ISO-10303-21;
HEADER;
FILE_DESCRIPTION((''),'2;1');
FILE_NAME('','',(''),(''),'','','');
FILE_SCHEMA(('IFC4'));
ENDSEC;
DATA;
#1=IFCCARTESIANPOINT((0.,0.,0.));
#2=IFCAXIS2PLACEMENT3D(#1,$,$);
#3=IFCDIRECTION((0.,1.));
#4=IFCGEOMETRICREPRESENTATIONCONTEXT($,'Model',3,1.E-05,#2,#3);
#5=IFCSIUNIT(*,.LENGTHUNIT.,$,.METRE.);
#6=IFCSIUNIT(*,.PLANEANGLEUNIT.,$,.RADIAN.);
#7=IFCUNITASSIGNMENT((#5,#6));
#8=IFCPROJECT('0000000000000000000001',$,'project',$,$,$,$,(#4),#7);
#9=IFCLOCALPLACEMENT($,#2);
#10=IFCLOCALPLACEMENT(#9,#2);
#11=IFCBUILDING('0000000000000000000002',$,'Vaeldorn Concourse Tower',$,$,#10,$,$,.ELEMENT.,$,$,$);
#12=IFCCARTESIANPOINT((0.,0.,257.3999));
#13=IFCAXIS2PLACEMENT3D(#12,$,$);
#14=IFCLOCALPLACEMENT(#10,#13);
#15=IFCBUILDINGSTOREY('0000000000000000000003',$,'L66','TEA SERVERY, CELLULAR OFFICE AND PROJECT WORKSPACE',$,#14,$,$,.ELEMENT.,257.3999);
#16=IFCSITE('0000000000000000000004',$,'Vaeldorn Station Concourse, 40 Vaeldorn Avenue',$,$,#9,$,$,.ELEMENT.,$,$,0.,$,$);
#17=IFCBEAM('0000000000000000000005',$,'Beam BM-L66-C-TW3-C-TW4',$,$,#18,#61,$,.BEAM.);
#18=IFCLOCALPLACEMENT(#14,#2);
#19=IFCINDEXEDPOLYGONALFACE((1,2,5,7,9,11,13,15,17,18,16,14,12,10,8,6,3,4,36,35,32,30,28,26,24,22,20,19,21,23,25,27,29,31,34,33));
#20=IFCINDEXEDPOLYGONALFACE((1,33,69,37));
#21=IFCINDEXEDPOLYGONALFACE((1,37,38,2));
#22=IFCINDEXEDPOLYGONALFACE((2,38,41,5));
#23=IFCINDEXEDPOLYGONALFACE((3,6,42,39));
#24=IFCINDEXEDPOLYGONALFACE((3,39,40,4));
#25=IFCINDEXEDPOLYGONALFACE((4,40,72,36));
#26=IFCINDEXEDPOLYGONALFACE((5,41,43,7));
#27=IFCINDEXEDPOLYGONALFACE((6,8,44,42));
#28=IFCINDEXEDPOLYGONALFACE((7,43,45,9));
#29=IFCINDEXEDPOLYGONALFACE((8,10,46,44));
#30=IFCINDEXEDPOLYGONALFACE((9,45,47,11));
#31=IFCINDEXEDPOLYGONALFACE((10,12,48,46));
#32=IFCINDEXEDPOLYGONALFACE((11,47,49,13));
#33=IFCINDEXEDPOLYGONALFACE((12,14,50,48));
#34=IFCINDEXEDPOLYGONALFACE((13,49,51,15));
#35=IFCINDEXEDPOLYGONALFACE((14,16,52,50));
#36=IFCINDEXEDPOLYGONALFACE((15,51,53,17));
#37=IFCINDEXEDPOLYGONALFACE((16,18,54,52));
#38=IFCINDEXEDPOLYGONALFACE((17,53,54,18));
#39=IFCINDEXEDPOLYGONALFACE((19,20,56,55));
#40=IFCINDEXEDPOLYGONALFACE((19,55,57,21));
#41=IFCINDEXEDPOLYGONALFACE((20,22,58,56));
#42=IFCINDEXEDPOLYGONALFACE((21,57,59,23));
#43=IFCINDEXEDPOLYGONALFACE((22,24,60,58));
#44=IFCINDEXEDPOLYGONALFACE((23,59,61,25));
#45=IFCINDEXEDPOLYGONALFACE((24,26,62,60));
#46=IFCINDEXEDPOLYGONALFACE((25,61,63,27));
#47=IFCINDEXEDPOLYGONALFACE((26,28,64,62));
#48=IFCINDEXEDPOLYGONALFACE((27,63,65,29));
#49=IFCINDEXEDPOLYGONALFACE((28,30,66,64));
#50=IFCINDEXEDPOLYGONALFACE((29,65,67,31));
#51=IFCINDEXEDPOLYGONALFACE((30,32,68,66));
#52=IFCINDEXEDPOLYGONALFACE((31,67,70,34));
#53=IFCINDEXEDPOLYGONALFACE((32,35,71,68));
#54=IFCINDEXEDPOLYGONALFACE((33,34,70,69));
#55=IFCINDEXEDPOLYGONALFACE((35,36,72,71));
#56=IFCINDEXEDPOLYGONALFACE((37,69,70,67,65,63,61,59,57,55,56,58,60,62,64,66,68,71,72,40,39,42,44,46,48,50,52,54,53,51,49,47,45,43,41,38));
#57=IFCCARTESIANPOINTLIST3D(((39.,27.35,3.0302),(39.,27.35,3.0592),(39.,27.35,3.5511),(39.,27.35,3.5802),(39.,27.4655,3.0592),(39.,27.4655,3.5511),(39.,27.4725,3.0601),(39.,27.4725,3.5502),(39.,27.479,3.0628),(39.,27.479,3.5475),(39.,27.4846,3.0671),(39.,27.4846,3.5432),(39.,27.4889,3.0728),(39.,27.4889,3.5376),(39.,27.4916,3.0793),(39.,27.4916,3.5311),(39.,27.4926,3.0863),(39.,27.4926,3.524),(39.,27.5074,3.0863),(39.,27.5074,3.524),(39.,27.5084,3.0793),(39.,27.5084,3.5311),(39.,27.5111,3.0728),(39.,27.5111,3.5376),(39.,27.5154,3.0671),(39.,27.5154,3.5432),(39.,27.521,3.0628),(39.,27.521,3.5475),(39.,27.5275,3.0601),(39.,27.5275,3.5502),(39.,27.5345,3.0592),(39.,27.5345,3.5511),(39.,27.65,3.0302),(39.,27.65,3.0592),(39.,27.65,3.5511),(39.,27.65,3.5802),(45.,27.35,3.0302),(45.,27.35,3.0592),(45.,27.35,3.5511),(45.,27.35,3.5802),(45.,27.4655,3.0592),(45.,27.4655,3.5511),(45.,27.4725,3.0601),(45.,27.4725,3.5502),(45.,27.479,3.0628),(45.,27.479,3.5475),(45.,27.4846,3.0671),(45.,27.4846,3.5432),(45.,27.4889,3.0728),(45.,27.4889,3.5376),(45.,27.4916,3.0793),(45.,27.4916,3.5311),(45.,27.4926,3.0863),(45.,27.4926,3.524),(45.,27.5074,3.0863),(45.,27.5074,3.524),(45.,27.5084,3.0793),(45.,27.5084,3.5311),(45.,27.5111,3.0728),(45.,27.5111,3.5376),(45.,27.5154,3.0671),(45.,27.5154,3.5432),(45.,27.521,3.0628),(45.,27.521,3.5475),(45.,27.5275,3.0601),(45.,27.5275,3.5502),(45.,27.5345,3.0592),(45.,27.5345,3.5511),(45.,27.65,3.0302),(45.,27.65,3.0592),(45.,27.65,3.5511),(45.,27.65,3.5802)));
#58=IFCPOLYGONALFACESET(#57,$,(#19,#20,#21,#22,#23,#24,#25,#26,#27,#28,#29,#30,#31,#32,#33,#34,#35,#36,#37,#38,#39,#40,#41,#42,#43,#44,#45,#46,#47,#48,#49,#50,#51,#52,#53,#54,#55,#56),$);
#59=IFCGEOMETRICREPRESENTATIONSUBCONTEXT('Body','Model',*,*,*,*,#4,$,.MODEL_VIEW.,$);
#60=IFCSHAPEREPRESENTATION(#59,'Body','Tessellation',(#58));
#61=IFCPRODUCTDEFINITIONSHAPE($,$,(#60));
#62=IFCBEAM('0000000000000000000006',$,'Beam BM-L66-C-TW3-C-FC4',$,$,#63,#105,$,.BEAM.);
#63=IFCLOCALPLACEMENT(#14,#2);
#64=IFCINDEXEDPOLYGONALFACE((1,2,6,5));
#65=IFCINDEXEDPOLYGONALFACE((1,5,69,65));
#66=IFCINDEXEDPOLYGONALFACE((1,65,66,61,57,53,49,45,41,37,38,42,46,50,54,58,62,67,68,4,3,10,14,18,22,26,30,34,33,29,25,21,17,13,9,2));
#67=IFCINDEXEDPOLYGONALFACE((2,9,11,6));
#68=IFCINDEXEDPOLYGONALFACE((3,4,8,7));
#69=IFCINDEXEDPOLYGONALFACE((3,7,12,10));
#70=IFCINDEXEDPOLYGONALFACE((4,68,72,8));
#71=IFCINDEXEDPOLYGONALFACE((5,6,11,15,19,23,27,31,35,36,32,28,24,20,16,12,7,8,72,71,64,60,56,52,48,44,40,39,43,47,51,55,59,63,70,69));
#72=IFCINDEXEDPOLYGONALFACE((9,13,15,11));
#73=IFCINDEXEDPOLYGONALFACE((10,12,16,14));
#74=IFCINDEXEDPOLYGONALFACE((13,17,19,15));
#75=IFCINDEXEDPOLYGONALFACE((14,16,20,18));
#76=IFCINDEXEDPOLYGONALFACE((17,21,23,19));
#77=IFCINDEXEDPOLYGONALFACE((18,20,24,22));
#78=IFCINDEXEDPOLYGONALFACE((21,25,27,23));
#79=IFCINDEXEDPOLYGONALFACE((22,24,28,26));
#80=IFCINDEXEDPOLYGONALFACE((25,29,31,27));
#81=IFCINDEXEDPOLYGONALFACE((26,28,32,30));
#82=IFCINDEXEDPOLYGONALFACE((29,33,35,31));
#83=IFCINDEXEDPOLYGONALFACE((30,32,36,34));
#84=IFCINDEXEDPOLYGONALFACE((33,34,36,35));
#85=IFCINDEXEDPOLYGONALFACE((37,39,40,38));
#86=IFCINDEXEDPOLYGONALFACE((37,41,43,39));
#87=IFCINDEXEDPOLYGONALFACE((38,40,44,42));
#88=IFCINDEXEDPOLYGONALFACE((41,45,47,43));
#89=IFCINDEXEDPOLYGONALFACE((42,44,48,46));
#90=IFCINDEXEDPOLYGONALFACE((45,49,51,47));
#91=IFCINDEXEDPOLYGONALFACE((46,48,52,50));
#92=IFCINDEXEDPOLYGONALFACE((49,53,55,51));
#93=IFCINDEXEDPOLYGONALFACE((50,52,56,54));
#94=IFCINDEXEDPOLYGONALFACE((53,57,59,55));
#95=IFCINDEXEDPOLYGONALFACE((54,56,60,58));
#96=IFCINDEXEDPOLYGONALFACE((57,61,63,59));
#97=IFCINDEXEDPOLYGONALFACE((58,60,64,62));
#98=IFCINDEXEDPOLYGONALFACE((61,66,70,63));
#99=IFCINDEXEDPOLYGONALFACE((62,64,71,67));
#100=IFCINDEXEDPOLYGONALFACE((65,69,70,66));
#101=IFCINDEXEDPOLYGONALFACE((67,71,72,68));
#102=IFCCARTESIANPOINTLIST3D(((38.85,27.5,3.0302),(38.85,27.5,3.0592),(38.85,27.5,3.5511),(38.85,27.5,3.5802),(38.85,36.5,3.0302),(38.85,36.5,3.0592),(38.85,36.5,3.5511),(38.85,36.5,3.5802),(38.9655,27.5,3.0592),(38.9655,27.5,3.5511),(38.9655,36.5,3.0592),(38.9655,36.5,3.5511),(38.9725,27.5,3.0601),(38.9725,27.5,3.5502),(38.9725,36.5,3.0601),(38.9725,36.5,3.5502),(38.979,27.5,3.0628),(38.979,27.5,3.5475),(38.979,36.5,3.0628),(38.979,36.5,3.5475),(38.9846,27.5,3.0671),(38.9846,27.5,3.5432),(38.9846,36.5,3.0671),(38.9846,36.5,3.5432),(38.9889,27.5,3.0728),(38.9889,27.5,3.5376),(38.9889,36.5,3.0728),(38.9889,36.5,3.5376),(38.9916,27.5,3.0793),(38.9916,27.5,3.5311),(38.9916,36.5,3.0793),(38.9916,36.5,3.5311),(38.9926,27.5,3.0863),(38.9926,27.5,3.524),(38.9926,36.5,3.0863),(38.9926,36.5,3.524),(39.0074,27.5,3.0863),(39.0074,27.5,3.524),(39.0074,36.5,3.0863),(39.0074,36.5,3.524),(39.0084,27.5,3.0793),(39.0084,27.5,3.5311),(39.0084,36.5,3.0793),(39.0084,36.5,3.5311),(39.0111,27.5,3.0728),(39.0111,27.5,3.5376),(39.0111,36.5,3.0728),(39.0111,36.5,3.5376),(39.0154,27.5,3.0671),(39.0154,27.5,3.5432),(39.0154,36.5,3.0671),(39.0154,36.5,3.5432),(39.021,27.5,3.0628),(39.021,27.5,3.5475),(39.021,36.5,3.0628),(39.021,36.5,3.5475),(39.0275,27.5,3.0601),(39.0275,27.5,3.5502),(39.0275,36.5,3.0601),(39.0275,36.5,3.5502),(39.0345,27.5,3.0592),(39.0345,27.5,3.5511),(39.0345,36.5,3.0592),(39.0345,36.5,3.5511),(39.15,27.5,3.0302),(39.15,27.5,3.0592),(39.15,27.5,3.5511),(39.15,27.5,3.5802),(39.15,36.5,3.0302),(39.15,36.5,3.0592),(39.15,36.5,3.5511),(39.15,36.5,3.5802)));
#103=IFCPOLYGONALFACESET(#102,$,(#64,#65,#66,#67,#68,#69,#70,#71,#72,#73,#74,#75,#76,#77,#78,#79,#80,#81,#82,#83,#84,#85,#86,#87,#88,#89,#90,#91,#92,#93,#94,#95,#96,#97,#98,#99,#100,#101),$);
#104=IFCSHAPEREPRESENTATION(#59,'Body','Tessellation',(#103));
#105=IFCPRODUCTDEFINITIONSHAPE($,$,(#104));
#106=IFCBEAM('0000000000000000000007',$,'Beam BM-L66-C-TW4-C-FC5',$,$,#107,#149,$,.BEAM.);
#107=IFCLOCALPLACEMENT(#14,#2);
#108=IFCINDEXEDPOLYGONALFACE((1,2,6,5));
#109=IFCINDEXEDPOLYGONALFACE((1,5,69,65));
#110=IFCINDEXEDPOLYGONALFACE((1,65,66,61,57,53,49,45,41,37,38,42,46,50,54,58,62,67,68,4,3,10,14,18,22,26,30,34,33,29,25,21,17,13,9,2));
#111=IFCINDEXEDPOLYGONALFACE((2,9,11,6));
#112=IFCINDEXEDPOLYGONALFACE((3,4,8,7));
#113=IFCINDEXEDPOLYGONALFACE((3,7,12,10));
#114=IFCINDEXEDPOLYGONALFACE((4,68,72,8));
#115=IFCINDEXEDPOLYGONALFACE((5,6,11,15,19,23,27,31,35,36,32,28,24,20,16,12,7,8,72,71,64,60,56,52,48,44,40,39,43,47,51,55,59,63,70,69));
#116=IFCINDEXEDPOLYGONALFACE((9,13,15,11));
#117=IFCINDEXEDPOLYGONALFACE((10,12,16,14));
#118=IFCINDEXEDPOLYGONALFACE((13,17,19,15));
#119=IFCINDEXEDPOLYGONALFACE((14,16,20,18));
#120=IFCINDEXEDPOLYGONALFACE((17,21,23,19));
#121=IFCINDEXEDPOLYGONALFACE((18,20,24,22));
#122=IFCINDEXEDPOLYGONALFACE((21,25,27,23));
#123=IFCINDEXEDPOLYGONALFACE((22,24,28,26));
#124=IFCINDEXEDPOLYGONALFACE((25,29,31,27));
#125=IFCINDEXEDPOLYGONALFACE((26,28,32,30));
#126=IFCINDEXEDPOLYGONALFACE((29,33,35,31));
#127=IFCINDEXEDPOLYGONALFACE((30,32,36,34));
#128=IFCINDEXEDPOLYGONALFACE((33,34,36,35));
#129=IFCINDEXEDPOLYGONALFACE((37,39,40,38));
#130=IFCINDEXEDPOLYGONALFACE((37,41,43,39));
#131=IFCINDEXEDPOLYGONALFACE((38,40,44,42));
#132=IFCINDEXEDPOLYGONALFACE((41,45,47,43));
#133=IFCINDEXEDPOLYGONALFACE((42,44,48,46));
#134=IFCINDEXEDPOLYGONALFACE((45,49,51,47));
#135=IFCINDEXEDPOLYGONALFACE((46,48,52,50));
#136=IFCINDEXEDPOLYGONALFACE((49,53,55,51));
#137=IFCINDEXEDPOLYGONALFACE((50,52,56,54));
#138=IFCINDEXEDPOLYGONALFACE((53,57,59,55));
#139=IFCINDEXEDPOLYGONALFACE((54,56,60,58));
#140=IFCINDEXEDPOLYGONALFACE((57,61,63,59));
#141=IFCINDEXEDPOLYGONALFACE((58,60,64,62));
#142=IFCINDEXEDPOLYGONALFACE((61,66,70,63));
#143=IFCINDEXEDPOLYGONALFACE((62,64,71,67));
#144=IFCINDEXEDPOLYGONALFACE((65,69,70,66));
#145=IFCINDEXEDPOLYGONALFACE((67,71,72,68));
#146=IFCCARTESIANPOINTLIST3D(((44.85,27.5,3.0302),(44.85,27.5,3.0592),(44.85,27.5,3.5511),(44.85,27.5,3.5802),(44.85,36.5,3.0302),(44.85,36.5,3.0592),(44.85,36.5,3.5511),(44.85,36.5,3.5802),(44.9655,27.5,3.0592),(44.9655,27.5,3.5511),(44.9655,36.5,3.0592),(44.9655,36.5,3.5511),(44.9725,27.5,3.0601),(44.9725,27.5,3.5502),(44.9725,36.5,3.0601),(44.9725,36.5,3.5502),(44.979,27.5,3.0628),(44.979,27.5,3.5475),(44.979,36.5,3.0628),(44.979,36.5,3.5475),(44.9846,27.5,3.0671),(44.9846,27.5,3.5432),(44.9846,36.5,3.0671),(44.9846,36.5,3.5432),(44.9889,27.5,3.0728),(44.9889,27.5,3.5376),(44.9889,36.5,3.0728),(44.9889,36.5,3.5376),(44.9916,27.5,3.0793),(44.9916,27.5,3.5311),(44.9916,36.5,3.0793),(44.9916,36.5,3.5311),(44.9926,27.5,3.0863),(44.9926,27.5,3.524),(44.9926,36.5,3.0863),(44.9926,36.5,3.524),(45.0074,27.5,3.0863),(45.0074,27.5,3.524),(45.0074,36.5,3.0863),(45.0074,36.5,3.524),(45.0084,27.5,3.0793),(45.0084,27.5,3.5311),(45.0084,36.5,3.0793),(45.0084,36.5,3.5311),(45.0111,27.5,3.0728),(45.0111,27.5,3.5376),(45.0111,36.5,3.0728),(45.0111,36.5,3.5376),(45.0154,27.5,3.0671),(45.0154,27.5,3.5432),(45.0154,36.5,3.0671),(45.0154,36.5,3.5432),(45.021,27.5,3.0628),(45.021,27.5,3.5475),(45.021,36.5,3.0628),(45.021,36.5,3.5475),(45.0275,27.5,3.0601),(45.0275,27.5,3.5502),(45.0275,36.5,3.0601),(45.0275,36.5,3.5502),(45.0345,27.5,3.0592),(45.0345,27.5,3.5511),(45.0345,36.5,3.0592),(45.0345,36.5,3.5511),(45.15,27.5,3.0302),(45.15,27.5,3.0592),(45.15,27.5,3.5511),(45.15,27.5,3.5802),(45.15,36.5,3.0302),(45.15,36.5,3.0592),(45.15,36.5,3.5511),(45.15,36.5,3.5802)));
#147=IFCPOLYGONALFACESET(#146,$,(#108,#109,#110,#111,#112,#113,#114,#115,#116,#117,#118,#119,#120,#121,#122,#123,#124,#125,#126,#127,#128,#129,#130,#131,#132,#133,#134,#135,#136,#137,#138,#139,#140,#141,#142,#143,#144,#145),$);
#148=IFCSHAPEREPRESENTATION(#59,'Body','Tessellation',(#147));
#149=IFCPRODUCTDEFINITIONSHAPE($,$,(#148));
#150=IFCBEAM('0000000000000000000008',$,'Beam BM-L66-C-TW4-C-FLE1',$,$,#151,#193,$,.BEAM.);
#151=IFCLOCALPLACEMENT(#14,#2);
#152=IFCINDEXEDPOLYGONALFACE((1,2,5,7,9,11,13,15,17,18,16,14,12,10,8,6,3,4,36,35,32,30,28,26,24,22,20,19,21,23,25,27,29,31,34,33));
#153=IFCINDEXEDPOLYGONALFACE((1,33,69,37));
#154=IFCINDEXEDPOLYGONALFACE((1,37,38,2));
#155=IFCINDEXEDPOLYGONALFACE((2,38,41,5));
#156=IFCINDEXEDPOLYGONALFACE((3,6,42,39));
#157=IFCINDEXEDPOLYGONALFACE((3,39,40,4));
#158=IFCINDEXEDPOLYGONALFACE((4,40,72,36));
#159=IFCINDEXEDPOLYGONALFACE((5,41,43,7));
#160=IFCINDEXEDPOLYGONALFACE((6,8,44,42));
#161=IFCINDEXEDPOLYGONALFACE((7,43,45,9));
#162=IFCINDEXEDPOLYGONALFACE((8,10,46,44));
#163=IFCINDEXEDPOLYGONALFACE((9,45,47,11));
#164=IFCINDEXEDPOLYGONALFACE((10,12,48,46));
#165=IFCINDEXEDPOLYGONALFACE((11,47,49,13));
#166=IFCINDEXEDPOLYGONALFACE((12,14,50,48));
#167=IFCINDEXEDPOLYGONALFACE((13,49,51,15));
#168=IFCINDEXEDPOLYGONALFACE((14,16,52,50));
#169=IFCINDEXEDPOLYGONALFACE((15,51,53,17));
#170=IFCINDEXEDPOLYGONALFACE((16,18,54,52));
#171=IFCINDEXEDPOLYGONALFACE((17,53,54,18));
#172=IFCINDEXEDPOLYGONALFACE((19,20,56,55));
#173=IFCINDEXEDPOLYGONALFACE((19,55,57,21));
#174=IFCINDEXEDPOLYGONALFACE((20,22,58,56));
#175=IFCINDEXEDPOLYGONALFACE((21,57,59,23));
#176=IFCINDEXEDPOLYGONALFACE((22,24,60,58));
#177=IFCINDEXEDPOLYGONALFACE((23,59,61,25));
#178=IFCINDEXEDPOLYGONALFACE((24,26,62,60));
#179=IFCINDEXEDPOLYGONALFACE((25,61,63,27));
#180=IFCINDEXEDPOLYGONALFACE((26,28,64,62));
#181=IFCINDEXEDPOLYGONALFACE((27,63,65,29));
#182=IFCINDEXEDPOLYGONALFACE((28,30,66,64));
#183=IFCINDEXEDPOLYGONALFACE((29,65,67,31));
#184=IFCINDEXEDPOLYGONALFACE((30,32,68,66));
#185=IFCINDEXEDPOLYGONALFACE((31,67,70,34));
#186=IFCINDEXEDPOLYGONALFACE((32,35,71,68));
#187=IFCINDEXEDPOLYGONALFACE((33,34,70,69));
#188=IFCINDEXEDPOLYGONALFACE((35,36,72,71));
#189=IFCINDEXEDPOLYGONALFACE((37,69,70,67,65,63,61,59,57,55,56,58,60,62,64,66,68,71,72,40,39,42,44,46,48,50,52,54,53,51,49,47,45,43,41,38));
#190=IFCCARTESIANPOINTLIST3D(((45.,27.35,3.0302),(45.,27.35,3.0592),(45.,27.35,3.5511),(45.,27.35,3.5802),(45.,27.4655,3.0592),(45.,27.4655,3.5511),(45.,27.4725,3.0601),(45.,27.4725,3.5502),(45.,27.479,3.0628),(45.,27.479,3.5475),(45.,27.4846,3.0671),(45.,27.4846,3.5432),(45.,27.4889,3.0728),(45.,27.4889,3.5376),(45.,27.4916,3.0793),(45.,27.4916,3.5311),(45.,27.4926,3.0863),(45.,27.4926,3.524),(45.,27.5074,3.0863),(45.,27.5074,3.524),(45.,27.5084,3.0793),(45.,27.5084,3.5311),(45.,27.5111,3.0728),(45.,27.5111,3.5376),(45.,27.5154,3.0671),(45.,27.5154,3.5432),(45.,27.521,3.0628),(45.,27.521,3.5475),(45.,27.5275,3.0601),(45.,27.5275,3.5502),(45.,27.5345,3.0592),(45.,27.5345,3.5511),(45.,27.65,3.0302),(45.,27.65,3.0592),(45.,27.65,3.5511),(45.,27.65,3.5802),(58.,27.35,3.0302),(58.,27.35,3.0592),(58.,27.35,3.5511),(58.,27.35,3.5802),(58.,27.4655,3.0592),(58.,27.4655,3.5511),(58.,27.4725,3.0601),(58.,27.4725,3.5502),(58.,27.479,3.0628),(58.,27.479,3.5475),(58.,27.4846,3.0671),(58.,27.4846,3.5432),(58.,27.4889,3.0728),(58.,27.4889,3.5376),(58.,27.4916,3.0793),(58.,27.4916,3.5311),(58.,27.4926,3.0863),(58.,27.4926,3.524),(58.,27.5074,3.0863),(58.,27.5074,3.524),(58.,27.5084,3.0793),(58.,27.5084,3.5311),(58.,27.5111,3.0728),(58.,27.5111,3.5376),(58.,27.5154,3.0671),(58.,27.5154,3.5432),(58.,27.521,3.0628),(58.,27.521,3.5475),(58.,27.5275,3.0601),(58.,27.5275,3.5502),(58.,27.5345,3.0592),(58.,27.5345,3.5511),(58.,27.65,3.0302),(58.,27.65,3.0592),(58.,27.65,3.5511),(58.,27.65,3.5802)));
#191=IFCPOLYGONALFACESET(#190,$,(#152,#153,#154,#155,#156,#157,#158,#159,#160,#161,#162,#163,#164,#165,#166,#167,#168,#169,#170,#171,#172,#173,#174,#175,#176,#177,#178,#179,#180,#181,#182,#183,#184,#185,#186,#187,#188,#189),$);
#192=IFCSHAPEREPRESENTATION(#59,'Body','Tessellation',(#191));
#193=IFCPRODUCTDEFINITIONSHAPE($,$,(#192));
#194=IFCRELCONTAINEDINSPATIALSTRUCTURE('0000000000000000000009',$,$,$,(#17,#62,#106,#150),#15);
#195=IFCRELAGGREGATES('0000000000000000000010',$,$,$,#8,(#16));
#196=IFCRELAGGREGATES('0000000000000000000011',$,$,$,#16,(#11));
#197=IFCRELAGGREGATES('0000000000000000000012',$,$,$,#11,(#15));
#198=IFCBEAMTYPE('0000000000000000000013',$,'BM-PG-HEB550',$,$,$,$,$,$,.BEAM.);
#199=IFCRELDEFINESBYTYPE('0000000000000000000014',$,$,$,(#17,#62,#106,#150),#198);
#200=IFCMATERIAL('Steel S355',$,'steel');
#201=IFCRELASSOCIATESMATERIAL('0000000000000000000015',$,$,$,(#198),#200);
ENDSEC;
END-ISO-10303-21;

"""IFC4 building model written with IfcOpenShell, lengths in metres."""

from ifc_helpers import new_model, si_unit, direction, frame, origin, origin_2d, place, context, subcontext, project, spatial, i_section, extrude, source, transform, mapped, material, material_profile, profile_set, type_object, element, save


model = new_model("IFC4")

# Units and contexts
model_context = context("Model", 3, precision=1e-05, world=origin(), true_north=direction((0.0, 1.0)))
body_context = subcontext(model_context, "Body", "Model", "MODEL_VIEW")
ifc_project = project(units=[si_unit("LENGTHUNIT", "METRE"), si_unit("PLANEANGLEUNIT", "RADIAN")], contexts=[model_context])

# Site, building, storey
site_placement = place(None, origin())
site = spatial("IfcSite", under=ifc_project, at=site_placement, Name="Vaeldorn Station Concourse, 40 Vaeldorn Avenue", CompositionType="ELEMENT", RefElevation=0.0)
building_placement = place(site_placement, origin())
building = spatial("IfcBuilding", under=site, at=building_placement, Name="Vaeldorn Concourse Tower", CompositionType="ELEMENT")
storey_placement = place(building_placement, frame((0.0, 0.0, 257.3999)))
storey = spatial("IfcBuildingStorey", under=building, at=storey_placement, Name="L66", Description="TEA SERVERY, CELLULAR OFFICE AND PROJECT WORKSPACE", CompositionType="ELEMENT", Elevation=257.3999)

# Shared definitions
ifc_material_1 = material(Name="Steel S355", Category="steel")

# Beams
ifc_material_profile_1 = material_profile(ifc_material_1, i_section(OverallWidth=0.3, OverallDepth=0.55, WebThickness=0.0149, FlangeThickness=0.0291, FilletRadius=0.0271, at=origin_2d()), Name="HEB 550")
ifc_profile_set_1 = profile_set([ifc_material_profile_1], Name="Steel S355")
beam_type_1 = type_object("IfcBeamType", Name="BM-PG-HEB550", PredefinedType="BEAM", material=ifc_profile_set_1)
shared_shape_1 = source(origin(), body_context, "Body", "SweptSolid", [
    extrude(i_section(OverallWidth=0.3, OverallDepth=0.55, WebThickness=0.0149, FlangeThickness=0.0291, FilletRadius=0.0271, at=origin_2d()), origin(), (0.0, 0.0, 1.0), 6.0),
])
beam_1_placement = place(storey_placement, frame((39.0, 27.5, 3.3052), z_axis=(1.0, 0.0, 0.0), x_axis=(0.0, 1.0, 0.0)))
element("IfcBeam", 1, at=beam_1_placement, inside=storey, type_object=beam_type_1, Name="Beam BM-L66-C-TW3-C-TW4", PredefinedType="BEAM", context=body_context, shape_type="MappedRepresentation", body=[
    mapped(shared_shape_1, transform((0.0, 0.0, 0.0), scale=1.0)),
])
shared_shape_2 = source(origin(), body_context, "Body", "SweptSolid", [
    extrude(i_section(OverallWidth=0.3, OverallDepth=0.55, WebThickness=0.0149, FlangeThickness=0.0291, FilletRadius=0.0271, at=origin_2d()), origin(), (0.0, 0.0, 1.0), 9.0),
])
for number, where, z_axis, x_axis, name in (
    (2, (39.0, 27.5, 3.3052), (0.0, 1.0, 0.0), (-1.0, 0.0, 0.0), "Beam BM-L66-C-TW3-C-FC4"),
    (3, (45.0, 27.5, 3.3052), (0.0, 1.0, 0.0), (-1.0, 0.0, 0.0), "Beam BM-L66-C-TW4-C-FC5"),
):
    element("IfcBeam", number, at=place(storey_placement, frame(where, z_axis=z_axis, x_axis=x_axis)), inside=storey, type_object=beam_type_1, Name=name, PredefinedType="BEAM", context=body_context, shape_type="MappedRepresentation", body=[
        mapped(shared_shape_2, transform((0.0, 0.0, 0.0), scale=1.0)),
    ])
shared_shape_3 = source(origin(), body_context, "Body", "SweptSolid", [
    extrude(i_section(OverallWidth=0.3, OverallDepth=0.55, WebThickness=0.0149, FlangeThickness=0.0291, FilletRadius=0.0271, at=origin_2d()), origin(), (0.0, 0.0, 1.0), 13.0),
])
beam_2_placement = place(storey_placement, frame((45.0, 27.5, 3.3052), z_axis=(1.0, 0.0, 0.0), x_axis=(0.0, 1.0, 0.0)))
element("IfcBeam", 4, at=beam_2_placement, inside=storey, type_object=beam_type_1, Name="Beam BM-L66-C-TW4-C-FLE1", PredefinedType="BEAM", context=body_context, shape_type="MappedRepresentation", body=[
    mapped(shared_shape_3, transform((0.0, 0.0, 0.0), scale=1.0)),
])

save(model, "model.ifc")
